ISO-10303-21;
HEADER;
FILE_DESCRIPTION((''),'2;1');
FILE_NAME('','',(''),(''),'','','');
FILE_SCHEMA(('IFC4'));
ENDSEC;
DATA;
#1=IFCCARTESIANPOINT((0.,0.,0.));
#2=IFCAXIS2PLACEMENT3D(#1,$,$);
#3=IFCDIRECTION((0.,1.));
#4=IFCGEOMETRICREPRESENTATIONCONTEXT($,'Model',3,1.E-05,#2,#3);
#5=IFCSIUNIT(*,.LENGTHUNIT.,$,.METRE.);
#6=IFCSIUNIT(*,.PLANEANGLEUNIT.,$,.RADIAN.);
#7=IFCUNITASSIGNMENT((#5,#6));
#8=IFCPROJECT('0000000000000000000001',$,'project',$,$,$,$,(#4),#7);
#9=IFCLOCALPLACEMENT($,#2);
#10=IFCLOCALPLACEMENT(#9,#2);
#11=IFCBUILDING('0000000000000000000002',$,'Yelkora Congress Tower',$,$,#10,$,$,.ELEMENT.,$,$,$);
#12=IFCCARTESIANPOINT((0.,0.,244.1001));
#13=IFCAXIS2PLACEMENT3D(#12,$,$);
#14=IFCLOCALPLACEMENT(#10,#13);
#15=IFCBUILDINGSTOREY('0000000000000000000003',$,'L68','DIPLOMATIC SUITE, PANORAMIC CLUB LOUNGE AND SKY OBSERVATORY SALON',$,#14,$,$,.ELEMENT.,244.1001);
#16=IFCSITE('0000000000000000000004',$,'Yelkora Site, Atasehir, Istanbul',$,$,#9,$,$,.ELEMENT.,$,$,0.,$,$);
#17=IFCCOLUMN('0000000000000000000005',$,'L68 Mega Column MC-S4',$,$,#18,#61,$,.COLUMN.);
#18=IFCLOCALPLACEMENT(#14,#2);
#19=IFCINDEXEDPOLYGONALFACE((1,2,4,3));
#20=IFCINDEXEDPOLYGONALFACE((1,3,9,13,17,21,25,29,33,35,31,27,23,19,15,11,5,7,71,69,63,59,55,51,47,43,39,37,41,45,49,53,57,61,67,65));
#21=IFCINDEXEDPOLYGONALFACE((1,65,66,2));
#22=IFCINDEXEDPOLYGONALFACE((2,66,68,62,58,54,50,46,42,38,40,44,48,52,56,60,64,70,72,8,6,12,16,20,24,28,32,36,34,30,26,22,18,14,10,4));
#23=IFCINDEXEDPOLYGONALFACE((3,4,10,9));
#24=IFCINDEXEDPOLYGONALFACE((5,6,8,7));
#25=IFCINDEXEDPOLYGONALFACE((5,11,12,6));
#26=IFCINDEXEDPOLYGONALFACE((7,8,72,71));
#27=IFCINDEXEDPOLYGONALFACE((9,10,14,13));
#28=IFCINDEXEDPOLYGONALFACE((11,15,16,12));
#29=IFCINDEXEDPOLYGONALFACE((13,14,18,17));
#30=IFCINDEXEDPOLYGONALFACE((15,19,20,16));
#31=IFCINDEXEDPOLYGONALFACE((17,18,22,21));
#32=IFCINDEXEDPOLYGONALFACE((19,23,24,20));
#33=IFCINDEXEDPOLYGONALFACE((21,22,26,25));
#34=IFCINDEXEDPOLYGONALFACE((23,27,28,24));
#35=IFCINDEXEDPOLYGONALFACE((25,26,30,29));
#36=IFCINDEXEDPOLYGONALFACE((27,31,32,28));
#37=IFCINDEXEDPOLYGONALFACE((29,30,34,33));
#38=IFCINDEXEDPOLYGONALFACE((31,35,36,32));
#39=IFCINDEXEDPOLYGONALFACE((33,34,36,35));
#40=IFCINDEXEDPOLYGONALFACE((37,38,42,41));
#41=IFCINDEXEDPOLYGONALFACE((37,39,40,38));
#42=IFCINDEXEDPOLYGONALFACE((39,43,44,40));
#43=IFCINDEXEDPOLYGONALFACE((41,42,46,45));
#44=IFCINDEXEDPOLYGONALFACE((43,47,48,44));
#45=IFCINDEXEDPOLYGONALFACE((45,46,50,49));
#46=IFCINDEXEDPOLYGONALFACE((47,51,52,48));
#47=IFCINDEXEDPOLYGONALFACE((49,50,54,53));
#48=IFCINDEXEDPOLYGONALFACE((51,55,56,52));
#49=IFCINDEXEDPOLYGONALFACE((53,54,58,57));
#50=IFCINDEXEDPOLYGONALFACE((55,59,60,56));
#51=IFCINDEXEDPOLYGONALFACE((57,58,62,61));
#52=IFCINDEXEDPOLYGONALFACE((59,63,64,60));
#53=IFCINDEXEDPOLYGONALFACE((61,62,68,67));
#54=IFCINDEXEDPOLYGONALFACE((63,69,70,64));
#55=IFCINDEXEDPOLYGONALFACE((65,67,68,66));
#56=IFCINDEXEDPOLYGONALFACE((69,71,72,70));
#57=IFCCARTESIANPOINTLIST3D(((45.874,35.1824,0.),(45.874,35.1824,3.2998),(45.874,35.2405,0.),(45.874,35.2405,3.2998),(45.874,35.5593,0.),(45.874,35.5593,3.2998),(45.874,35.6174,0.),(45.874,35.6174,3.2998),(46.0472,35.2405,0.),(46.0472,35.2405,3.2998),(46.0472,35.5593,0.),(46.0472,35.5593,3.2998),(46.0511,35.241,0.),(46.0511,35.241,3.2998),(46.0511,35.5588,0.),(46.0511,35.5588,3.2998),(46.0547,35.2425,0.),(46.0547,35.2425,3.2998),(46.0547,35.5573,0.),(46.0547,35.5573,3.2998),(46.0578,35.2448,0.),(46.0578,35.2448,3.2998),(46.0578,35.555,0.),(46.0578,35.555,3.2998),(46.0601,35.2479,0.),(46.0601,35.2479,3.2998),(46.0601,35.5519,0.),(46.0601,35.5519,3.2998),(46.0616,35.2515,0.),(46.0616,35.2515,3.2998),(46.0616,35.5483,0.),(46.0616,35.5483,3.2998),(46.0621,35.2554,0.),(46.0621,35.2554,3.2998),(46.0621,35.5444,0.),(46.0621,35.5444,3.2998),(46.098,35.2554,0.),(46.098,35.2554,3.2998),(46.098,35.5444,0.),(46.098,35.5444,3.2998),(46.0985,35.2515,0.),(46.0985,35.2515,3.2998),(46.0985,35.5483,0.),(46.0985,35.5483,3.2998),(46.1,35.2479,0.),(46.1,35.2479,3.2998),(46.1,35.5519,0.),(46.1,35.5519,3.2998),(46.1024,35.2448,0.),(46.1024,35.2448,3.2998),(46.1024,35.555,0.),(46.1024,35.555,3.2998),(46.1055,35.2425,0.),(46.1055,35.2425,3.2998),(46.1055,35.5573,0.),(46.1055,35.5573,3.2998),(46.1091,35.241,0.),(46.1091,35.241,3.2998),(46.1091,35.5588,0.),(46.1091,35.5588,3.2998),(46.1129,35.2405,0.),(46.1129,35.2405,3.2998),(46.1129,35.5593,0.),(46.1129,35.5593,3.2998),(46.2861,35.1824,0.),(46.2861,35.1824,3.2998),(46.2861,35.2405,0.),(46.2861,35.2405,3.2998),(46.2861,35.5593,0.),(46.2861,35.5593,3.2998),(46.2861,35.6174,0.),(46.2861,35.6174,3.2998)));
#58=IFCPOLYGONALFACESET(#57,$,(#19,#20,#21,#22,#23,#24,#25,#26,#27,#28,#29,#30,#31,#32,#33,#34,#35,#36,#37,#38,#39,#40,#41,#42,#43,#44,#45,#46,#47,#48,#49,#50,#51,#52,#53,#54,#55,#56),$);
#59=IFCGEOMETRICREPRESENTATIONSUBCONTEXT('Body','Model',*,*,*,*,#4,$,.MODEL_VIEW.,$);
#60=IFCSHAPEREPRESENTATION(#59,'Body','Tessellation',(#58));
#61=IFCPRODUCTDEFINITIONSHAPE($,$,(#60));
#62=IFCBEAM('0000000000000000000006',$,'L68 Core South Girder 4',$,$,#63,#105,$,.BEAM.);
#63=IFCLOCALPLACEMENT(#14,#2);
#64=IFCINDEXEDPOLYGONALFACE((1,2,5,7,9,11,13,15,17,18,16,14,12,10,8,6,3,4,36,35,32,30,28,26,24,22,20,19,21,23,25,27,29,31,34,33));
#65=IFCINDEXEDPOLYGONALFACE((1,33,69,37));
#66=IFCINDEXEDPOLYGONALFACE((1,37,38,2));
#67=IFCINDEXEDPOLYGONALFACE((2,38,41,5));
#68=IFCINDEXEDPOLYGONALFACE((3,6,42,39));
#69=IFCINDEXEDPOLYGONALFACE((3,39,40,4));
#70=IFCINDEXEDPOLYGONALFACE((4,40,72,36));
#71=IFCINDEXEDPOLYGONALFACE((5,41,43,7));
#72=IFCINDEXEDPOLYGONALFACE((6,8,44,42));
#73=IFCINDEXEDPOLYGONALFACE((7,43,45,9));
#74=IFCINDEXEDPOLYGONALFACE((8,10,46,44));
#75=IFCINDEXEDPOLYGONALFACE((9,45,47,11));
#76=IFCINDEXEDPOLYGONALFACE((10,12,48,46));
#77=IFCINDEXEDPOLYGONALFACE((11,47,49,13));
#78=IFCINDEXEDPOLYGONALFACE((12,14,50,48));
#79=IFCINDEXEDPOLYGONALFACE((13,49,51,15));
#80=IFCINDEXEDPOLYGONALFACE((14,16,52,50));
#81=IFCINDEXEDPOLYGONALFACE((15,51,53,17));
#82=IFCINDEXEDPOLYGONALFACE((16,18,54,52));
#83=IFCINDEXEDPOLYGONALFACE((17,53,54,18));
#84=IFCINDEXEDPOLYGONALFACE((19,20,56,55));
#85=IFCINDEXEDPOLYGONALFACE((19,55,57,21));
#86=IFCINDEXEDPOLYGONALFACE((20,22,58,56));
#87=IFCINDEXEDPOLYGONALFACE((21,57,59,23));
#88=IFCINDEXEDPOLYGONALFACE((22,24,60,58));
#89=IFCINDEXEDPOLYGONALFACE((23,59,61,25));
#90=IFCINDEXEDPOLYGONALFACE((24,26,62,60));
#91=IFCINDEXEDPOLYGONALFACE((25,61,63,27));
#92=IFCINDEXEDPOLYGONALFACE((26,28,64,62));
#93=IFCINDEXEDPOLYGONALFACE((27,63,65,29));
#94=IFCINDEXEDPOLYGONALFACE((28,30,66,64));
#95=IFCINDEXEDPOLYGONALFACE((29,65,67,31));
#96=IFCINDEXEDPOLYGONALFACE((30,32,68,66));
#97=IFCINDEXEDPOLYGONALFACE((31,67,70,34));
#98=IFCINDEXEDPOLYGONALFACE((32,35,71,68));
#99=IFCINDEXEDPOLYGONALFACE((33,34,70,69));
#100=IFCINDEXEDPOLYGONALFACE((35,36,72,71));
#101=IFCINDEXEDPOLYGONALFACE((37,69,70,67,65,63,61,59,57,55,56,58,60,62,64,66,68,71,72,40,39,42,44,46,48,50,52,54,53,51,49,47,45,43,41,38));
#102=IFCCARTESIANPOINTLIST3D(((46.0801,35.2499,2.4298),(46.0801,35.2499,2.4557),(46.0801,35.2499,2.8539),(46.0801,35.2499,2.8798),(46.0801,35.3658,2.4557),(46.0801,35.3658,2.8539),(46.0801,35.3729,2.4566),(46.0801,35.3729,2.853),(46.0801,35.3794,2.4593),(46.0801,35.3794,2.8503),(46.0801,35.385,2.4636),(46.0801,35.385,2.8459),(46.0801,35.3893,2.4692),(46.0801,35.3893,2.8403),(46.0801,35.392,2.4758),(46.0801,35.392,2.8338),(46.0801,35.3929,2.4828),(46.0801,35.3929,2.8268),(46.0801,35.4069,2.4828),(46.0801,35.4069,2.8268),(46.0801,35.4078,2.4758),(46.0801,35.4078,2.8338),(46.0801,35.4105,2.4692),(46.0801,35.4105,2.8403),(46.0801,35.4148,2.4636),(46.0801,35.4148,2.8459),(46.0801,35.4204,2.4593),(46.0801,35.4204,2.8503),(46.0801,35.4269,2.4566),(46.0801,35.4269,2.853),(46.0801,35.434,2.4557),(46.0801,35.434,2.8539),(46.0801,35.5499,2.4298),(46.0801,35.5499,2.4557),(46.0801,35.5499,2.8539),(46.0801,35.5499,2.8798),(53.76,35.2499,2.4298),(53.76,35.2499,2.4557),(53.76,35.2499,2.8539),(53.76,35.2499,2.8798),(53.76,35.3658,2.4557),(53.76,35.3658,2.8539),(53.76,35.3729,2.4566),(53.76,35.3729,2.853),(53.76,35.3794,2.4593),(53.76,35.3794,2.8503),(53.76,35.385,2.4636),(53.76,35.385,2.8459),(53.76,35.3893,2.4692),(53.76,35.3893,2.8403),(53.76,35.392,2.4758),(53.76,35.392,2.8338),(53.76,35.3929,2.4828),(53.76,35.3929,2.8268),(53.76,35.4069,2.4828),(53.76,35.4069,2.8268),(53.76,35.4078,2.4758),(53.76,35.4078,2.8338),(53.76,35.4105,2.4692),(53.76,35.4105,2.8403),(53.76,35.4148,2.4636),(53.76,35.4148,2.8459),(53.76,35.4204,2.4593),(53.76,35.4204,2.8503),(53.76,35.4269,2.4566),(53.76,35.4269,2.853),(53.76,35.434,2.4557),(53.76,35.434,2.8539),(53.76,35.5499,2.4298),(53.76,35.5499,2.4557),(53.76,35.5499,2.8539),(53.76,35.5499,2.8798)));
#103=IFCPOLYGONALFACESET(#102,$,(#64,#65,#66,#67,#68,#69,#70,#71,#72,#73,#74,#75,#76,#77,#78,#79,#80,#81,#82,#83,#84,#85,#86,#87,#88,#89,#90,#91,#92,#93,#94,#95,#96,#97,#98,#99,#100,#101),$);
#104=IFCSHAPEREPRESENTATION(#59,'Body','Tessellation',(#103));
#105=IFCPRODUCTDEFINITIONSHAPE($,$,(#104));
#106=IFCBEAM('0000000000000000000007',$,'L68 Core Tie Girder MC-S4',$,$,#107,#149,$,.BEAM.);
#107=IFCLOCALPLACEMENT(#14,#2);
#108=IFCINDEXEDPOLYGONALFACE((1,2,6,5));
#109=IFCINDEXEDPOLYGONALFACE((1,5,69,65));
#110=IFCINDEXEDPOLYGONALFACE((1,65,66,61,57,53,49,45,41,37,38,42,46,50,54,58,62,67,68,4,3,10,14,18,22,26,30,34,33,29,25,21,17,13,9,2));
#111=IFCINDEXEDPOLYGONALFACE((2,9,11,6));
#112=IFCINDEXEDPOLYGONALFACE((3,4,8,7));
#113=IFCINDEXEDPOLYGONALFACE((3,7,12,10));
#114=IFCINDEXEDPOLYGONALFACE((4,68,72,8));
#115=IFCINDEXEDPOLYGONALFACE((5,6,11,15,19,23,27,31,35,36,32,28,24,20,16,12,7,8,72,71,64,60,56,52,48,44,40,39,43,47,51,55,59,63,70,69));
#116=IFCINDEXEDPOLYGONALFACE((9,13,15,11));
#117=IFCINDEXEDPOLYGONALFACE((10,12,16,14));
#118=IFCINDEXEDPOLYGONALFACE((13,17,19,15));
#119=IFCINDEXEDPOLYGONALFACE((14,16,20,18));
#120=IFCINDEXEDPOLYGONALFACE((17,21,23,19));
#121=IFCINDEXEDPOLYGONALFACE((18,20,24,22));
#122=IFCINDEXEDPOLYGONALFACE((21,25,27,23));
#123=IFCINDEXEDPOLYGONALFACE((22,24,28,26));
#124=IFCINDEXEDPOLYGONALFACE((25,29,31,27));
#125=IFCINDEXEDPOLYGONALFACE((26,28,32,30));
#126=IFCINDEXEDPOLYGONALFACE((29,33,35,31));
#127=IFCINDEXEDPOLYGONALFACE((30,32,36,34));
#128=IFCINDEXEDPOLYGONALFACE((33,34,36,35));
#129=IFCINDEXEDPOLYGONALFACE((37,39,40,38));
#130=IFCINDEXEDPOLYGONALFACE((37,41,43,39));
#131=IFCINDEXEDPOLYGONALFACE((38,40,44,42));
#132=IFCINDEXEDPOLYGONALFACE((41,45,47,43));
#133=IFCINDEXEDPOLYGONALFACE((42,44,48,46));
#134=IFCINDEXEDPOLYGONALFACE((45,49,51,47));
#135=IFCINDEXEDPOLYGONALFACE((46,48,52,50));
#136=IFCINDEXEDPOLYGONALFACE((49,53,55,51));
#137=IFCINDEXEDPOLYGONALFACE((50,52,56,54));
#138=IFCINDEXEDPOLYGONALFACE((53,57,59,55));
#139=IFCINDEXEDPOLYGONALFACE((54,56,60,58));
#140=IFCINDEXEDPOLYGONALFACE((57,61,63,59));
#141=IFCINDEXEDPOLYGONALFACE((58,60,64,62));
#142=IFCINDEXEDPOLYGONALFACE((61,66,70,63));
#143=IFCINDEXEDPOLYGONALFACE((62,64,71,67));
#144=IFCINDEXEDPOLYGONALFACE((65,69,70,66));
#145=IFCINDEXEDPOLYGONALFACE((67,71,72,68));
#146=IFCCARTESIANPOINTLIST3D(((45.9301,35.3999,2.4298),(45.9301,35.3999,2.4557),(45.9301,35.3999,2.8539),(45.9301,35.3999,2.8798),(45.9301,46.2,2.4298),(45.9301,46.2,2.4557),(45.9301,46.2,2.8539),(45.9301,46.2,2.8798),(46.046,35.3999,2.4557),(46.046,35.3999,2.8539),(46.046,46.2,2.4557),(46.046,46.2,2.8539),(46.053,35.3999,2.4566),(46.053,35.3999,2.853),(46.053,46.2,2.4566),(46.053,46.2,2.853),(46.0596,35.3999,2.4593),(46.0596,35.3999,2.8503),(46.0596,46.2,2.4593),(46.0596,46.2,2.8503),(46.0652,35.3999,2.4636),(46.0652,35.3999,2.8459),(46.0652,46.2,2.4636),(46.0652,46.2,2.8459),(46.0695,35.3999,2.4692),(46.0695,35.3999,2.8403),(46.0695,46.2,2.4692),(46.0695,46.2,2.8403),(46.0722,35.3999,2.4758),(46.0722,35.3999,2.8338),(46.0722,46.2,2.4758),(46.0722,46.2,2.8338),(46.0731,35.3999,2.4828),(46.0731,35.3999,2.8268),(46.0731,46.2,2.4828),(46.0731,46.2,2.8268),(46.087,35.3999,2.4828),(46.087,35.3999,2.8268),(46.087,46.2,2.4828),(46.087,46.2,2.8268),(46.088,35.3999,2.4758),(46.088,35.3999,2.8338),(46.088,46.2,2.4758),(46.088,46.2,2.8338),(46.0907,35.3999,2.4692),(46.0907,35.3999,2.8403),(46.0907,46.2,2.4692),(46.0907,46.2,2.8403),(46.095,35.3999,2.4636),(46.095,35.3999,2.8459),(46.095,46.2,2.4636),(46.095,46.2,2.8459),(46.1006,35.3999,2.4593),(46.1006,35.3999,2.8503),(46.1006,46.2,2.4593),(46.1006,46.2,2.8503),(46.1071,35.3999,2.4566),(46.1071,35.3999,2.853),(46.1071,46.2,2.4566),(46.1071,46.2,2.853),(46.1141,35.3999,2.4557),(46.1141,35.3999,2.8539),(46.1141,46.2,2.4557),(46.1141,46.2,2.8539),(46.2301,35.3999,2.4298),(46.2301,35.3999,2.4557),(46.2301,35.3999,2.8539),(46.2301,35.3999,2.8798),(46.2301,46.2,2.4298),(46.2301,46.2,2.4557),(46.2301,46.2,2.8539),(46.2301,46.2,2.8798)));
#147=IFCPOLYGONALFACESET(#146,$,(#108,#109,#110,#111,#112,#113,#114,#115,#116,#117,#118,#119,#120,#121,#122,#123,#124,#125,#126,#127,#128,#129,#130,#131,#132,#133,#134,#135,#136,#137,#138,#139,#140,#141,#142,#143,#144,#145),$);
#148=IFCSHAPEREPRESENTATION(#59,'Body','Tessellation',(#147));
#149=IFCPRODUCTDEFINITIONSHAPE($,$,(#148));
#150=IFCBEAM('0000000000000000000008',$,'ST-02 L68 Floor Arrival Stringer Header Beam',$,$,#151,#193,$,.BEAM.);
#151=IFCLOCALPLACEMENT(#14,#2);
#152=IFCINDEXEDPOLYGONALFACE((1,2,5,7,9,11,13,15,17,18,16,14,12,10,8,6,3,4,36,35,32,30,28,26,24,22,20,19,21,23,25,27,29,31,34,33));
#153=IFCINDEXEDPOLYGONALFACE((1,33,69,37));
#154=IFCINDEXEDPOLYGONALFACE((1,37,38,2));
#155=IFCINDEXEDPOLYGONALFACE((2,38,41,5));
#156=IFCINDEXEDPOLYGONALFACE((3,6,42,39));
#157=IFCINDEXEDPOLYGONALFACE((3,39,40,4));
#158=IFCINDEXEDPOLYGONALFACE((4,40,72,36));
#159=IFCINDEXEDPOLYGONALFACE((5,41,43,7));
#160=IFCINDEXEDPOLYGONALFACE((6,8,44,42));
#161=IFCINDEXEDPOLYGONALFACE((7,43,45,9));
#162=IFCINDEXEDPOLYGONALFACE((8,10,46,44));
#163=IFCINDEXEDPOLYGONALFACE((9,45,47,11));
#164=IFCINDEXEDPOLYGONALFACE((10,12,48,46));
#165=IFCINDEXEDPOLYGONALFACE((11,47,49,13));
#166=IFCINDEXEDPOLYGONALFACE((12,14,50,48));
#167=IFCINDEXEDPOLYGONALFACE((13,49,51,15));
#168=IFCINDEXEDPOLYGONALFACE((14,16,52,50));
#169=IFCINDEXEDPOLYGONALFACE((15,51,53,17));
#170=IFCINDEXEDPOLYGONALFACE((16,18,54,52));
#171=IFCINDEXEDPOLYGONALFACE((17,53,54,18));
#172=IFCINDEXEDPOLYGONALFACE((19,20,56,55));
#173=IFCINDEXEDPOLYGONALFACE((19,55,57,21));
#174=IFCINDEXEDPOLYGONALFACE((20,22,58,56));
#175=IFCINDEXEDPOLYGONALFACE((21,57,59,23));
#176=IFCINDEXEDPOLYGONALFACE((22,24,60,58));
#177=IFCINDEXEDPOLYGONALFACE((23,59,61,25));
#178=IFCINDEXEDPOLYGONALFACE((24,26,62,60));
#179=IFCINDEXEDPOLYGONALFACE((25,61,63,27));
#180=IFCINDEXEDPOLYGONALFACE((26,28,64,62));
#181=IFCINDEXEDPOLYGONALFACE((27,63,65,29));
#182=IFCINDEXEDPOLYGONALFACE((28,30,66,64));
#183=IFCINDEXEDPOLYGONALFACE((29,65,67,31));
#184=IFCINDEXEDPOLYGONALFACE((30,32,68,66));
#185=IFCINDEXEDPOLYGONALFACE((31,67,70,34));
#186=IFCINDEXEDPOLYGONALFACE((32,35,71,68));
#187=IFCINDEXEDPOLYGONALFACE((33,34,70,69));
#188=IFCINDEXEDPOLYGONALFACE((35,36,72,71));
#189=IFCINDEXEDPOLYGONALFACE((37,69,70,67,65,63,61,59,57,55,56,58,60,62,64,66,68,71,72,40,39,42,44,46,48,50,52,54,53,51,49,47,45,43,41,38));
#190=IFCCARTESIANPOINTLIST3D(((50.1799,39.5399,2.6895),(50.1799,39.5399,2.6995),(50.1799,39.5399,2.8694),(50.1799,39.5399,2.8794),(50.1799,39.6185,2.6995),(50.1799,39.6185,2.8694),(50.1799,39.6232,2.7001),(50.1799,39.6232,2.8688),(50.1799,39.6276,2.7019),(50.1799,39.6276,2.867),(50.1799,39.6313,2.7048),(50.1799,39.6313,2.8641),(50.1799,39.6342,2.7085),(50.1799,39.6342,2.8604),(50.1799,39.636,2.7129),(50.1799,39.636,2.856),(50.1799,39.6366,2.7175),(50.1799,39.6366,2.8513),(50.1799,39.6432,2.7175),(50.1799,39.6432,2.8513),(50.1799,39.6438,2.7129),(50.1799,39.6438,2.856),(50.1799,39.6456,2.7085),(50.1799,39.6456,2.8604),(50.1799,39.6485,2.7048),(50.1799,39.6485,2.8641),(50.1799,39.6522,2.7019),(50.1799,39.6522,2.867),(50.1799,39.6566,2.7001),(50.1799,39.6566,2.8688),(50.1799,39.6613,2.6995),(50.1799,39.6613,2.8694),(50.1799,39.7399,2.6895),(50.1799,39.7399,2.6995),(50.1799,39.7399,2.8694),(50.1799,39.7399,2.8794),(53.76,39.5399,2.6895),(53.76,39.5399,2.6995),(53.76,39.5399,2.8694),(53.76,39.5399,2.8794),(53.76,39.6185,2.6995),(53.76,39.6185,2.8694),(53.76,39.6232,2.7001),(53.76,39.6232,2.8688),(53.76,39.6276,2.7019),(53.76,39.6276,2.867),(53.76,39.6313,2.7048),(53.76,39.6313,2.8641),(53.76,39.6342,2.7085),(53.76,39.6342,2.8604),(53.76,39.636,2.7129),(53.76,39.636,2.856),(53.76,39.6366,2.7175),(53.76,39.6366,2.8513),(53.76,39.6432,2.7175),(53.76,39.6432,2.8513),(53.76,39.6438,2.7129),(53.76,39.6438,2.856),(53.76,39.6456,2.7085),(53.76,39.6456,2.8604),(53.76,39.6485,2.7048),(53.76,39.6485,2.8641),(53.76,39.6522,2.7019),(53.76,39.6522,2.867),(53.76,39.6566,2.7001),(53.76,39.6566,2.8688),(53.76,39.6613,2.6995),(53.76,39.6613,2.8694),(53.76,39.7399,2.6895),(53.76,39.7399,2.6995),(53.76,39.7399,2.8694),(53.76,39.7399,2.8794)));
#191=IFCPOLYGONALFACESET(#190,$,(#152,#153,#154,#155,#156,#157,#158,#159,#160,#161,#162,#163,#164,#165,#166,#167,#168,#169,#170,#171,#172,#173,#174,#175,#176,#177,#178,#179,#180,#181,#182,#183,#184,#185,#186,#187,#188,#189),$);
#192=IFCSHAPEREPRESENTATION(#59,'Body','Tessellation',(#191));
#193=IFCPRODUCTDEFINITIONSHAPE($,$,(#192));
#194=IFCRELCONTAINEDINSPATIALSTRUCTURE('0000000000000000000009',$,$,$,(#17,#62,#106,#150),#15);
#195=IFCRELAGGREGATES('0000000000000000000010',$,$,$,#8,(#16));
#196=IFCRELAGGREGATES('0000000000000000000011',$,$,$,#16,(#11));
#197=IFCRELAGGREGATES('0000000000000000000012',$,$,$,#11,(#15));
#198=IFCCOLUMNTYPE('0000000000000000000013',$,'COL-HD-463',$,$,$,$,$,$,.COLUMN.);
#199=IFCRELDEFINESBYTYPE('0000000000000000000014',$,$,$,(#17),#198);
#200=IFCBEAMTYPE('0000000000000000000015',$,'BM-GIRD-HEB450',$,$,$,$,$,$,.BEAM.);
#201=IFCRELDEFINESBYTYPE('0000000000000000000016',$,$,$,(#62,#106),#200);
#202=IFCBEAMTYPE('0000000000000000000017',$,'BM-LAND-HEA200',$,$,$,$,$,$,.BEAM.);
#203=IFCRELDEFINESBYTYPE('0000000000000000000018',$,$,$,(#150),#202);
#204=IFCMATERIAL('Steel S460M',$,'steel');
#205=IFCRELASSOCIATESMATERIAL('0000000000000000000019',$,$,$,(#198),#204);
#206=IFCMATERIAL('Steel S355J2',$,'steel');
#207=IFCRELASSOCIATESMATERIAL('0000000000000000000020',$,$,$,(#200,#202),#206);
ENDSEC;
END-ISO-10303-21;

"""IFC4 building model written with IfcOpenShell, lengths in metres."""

from ifc_helpers import new_model, si_unit, direction, frame, origin, origin_2d, place, context, subcontext, project, spatial, i_section, extrude, material, material_profile, profile_set, type_object, element, save


model = new_model("IFC4")

# Units and contexts
model_context = context("Model", 3, precision=1e-05, world=origin(), true_north=direction((0.0, 1.0)))
body_context = subcontext(model_context, "Body", "Model", "MODEL_VIEW")
ifc_project = project(units=[si_unit("LENGTHUNIT", "METRE"), si_unit("PLANEANGLEUNIT", "RADIAN")], contexts=[model_context])

# Site, building, storey
site_placement = place(None, origin())
site = spatial("IfcSite", under=ifc_project, at=site_placement, Name="Yelkora Site, Atasehir, Istanbul", CompositionType="ELEMENT", RefElevation=0.0)
building_placement = place(site_placement, origin())
building = spatial("IfcBuilding", under=site, at=building_placement, Name="Yelkora Congress Tower", CompositionType="ELEMENT")
storey_placement = place(building_placement, frame((0.0, 0.0, 244.1001)))
storey = spatial("IfcBuildingStorey", under=building, at=storey_placement, Name="L68", Description="DIPLOMATIC SUITE, PANORAMIC CLUB LOUNGE AND SKY OBSERVATORY SALON", CompositionType="ELEMENT", Elevation=244.1001)

# Column
ifc_material_1 = material(Name="Steel S460M", Category="steel")
ifc_material_profile_1 = material_profile(ifc_material_1, i_section(OverallWidth=0.4121, OverallDepth=0.4351, WebThickness=0.0359, FlangeThickness=0.0581, FilletRadius=0.0149, at=origin_2d()), Name="HD 400x463")
ifc_profile_set_1 = profile_set([ifc_material_profile_1], Name="Steel S460M")
column_type = type_object("IfcColumnType", Name="COL-HD-463", PredefinedType="COLUMN", material=ifc_profile_set_1)
column_placement = place(storey_placement, frame((46.0801, 35.3999, 0.0), z_axis=(0.0, 0.0, 1.0), x_axis=(1.0, 0.0, 0.0)))
element("IfcColumn", 1, at=column_placement, inside=storey, type_object=column_type, Name="L68 Mega Column MC-S4", PredefinedType="COLUMN", context=body_context, shape_type="SweptSolid", body=[
    extrude(i_section(OverallWidth=0.4121, OverallDepth=0.4351, WebThickness=0.0359, FlangeThickness=0.0581, FilletRadius=0.0149, at=origin_2d()), origin(), (0.0, 0.0, 1.0), 3.2998),
])

# Beams
ifc_material_2 = material(Name="Steel S355J2", Category="steel")
ifc_material_profile_2 = material_profile(ifc_material_2, i_section(OverallWidth=0.3, OverallDepth=0.45, WebThickness=0.0139, FlangeThickness=0.0259, FilletRadius=0.0271, at=origin_2d()), Name="HEB 450")
ifc_profile_set_2 = profile_set([ifc_material_profile_2], Name="Steel S355J2")
beam_type_1 = type_object("IfcBeamType", Name="BM-GIRD-HEB450", PredefinedType="BEAM", material=ifc_profile_set_2)
beam_1_placement = place(storey_placement, frame((46.0801, 35.3999, 2.6548), z_axis=(1.0, 0.0, 0.0), x_axis=(0.0, 1.0, 0.0)))
element("IfcBeam", 2, at=beam_1_placement, inside=storey, type_object=beam_type_1, Name="L68 Core South Girder 4", PredefinedType="BEAM", context=body_context, shape_type="SweptSolid", body=[
    extrude(i_section(OverallWidth=0.3, OverallDepth=0.45, WebThickness=0.0139, FlangeThickness=0.0259, FilletRadius=0.0271, at=origin_2d()), origin(), (0.0, 0.0, 1.0), 7.6799),
])
beam_2_placement = place(storey_placement, frame((46.0801, 35.3999, 2.6548), z_axis=(0.0, 1.0, 0.0), x_axis=(-1.0, 0.0, 0.0)))
element("IfcBeam", 3, at=beam_2_placement, inside=storey, type_object=beam_type_1, Name="L68 Core Tie Girder MC-S4", PredefinedType="BEAM", context=body_context, shape_type="SweptSolid", body=[
    extrude(i_section(OverallWidth=0.3, OverallDepth=0.45, WebThickness=0.0139, FlangeThickness=0.0259, FilletRadius=0.0271, at=origin_2d()), origin(), (0.0, 0.0, 1.0), 10.8),
])
ifc_material_profile_3 = material_profile(ifc_material_2, i_section(OverallWidth=0.2, OverallDepth=0.1899, WebThickness=0.0066, FlangeThickness=0.01, FilletRadius=0.0181, at=origin_2d()), Name="HEA 200")
ifc_profile_set_3 = profile_set([ifc_material_profile_3], Name="Steel S355J2")
beam_type_2 = type_object("IfcBeamType", Name="BM-LAND-HEA200", PredefinedType="BEAM", material=ifc_profile_set_3)
beam_3_placement = place(storey_placement, frame((50.1799, 39.6399, 2.7844), z_axis=(1.0, 0.0, 0.0), x_axis=(0.0, 1.0, 0.0)))
element("IfcBeam", 4, at=beam_3_placement, inside=storey, type_object=beam_type_2, Name="ST-02 L68 Floor Arrival Stringer Header Beam", PredefinedType="BEAM", context=body_context, shape_type="SweptSolid", body=[
    extrude(i_section(OverallWidth=0.2, OverallDepth=0.1899, WebThickness=0.0066, FlangeThickness=0.01, FilletRadius=0.0181, at=origin_2d()), origin(), (0.0, 0.0, 1.0), 3.5801),
])

save(model, "model.ifc")
